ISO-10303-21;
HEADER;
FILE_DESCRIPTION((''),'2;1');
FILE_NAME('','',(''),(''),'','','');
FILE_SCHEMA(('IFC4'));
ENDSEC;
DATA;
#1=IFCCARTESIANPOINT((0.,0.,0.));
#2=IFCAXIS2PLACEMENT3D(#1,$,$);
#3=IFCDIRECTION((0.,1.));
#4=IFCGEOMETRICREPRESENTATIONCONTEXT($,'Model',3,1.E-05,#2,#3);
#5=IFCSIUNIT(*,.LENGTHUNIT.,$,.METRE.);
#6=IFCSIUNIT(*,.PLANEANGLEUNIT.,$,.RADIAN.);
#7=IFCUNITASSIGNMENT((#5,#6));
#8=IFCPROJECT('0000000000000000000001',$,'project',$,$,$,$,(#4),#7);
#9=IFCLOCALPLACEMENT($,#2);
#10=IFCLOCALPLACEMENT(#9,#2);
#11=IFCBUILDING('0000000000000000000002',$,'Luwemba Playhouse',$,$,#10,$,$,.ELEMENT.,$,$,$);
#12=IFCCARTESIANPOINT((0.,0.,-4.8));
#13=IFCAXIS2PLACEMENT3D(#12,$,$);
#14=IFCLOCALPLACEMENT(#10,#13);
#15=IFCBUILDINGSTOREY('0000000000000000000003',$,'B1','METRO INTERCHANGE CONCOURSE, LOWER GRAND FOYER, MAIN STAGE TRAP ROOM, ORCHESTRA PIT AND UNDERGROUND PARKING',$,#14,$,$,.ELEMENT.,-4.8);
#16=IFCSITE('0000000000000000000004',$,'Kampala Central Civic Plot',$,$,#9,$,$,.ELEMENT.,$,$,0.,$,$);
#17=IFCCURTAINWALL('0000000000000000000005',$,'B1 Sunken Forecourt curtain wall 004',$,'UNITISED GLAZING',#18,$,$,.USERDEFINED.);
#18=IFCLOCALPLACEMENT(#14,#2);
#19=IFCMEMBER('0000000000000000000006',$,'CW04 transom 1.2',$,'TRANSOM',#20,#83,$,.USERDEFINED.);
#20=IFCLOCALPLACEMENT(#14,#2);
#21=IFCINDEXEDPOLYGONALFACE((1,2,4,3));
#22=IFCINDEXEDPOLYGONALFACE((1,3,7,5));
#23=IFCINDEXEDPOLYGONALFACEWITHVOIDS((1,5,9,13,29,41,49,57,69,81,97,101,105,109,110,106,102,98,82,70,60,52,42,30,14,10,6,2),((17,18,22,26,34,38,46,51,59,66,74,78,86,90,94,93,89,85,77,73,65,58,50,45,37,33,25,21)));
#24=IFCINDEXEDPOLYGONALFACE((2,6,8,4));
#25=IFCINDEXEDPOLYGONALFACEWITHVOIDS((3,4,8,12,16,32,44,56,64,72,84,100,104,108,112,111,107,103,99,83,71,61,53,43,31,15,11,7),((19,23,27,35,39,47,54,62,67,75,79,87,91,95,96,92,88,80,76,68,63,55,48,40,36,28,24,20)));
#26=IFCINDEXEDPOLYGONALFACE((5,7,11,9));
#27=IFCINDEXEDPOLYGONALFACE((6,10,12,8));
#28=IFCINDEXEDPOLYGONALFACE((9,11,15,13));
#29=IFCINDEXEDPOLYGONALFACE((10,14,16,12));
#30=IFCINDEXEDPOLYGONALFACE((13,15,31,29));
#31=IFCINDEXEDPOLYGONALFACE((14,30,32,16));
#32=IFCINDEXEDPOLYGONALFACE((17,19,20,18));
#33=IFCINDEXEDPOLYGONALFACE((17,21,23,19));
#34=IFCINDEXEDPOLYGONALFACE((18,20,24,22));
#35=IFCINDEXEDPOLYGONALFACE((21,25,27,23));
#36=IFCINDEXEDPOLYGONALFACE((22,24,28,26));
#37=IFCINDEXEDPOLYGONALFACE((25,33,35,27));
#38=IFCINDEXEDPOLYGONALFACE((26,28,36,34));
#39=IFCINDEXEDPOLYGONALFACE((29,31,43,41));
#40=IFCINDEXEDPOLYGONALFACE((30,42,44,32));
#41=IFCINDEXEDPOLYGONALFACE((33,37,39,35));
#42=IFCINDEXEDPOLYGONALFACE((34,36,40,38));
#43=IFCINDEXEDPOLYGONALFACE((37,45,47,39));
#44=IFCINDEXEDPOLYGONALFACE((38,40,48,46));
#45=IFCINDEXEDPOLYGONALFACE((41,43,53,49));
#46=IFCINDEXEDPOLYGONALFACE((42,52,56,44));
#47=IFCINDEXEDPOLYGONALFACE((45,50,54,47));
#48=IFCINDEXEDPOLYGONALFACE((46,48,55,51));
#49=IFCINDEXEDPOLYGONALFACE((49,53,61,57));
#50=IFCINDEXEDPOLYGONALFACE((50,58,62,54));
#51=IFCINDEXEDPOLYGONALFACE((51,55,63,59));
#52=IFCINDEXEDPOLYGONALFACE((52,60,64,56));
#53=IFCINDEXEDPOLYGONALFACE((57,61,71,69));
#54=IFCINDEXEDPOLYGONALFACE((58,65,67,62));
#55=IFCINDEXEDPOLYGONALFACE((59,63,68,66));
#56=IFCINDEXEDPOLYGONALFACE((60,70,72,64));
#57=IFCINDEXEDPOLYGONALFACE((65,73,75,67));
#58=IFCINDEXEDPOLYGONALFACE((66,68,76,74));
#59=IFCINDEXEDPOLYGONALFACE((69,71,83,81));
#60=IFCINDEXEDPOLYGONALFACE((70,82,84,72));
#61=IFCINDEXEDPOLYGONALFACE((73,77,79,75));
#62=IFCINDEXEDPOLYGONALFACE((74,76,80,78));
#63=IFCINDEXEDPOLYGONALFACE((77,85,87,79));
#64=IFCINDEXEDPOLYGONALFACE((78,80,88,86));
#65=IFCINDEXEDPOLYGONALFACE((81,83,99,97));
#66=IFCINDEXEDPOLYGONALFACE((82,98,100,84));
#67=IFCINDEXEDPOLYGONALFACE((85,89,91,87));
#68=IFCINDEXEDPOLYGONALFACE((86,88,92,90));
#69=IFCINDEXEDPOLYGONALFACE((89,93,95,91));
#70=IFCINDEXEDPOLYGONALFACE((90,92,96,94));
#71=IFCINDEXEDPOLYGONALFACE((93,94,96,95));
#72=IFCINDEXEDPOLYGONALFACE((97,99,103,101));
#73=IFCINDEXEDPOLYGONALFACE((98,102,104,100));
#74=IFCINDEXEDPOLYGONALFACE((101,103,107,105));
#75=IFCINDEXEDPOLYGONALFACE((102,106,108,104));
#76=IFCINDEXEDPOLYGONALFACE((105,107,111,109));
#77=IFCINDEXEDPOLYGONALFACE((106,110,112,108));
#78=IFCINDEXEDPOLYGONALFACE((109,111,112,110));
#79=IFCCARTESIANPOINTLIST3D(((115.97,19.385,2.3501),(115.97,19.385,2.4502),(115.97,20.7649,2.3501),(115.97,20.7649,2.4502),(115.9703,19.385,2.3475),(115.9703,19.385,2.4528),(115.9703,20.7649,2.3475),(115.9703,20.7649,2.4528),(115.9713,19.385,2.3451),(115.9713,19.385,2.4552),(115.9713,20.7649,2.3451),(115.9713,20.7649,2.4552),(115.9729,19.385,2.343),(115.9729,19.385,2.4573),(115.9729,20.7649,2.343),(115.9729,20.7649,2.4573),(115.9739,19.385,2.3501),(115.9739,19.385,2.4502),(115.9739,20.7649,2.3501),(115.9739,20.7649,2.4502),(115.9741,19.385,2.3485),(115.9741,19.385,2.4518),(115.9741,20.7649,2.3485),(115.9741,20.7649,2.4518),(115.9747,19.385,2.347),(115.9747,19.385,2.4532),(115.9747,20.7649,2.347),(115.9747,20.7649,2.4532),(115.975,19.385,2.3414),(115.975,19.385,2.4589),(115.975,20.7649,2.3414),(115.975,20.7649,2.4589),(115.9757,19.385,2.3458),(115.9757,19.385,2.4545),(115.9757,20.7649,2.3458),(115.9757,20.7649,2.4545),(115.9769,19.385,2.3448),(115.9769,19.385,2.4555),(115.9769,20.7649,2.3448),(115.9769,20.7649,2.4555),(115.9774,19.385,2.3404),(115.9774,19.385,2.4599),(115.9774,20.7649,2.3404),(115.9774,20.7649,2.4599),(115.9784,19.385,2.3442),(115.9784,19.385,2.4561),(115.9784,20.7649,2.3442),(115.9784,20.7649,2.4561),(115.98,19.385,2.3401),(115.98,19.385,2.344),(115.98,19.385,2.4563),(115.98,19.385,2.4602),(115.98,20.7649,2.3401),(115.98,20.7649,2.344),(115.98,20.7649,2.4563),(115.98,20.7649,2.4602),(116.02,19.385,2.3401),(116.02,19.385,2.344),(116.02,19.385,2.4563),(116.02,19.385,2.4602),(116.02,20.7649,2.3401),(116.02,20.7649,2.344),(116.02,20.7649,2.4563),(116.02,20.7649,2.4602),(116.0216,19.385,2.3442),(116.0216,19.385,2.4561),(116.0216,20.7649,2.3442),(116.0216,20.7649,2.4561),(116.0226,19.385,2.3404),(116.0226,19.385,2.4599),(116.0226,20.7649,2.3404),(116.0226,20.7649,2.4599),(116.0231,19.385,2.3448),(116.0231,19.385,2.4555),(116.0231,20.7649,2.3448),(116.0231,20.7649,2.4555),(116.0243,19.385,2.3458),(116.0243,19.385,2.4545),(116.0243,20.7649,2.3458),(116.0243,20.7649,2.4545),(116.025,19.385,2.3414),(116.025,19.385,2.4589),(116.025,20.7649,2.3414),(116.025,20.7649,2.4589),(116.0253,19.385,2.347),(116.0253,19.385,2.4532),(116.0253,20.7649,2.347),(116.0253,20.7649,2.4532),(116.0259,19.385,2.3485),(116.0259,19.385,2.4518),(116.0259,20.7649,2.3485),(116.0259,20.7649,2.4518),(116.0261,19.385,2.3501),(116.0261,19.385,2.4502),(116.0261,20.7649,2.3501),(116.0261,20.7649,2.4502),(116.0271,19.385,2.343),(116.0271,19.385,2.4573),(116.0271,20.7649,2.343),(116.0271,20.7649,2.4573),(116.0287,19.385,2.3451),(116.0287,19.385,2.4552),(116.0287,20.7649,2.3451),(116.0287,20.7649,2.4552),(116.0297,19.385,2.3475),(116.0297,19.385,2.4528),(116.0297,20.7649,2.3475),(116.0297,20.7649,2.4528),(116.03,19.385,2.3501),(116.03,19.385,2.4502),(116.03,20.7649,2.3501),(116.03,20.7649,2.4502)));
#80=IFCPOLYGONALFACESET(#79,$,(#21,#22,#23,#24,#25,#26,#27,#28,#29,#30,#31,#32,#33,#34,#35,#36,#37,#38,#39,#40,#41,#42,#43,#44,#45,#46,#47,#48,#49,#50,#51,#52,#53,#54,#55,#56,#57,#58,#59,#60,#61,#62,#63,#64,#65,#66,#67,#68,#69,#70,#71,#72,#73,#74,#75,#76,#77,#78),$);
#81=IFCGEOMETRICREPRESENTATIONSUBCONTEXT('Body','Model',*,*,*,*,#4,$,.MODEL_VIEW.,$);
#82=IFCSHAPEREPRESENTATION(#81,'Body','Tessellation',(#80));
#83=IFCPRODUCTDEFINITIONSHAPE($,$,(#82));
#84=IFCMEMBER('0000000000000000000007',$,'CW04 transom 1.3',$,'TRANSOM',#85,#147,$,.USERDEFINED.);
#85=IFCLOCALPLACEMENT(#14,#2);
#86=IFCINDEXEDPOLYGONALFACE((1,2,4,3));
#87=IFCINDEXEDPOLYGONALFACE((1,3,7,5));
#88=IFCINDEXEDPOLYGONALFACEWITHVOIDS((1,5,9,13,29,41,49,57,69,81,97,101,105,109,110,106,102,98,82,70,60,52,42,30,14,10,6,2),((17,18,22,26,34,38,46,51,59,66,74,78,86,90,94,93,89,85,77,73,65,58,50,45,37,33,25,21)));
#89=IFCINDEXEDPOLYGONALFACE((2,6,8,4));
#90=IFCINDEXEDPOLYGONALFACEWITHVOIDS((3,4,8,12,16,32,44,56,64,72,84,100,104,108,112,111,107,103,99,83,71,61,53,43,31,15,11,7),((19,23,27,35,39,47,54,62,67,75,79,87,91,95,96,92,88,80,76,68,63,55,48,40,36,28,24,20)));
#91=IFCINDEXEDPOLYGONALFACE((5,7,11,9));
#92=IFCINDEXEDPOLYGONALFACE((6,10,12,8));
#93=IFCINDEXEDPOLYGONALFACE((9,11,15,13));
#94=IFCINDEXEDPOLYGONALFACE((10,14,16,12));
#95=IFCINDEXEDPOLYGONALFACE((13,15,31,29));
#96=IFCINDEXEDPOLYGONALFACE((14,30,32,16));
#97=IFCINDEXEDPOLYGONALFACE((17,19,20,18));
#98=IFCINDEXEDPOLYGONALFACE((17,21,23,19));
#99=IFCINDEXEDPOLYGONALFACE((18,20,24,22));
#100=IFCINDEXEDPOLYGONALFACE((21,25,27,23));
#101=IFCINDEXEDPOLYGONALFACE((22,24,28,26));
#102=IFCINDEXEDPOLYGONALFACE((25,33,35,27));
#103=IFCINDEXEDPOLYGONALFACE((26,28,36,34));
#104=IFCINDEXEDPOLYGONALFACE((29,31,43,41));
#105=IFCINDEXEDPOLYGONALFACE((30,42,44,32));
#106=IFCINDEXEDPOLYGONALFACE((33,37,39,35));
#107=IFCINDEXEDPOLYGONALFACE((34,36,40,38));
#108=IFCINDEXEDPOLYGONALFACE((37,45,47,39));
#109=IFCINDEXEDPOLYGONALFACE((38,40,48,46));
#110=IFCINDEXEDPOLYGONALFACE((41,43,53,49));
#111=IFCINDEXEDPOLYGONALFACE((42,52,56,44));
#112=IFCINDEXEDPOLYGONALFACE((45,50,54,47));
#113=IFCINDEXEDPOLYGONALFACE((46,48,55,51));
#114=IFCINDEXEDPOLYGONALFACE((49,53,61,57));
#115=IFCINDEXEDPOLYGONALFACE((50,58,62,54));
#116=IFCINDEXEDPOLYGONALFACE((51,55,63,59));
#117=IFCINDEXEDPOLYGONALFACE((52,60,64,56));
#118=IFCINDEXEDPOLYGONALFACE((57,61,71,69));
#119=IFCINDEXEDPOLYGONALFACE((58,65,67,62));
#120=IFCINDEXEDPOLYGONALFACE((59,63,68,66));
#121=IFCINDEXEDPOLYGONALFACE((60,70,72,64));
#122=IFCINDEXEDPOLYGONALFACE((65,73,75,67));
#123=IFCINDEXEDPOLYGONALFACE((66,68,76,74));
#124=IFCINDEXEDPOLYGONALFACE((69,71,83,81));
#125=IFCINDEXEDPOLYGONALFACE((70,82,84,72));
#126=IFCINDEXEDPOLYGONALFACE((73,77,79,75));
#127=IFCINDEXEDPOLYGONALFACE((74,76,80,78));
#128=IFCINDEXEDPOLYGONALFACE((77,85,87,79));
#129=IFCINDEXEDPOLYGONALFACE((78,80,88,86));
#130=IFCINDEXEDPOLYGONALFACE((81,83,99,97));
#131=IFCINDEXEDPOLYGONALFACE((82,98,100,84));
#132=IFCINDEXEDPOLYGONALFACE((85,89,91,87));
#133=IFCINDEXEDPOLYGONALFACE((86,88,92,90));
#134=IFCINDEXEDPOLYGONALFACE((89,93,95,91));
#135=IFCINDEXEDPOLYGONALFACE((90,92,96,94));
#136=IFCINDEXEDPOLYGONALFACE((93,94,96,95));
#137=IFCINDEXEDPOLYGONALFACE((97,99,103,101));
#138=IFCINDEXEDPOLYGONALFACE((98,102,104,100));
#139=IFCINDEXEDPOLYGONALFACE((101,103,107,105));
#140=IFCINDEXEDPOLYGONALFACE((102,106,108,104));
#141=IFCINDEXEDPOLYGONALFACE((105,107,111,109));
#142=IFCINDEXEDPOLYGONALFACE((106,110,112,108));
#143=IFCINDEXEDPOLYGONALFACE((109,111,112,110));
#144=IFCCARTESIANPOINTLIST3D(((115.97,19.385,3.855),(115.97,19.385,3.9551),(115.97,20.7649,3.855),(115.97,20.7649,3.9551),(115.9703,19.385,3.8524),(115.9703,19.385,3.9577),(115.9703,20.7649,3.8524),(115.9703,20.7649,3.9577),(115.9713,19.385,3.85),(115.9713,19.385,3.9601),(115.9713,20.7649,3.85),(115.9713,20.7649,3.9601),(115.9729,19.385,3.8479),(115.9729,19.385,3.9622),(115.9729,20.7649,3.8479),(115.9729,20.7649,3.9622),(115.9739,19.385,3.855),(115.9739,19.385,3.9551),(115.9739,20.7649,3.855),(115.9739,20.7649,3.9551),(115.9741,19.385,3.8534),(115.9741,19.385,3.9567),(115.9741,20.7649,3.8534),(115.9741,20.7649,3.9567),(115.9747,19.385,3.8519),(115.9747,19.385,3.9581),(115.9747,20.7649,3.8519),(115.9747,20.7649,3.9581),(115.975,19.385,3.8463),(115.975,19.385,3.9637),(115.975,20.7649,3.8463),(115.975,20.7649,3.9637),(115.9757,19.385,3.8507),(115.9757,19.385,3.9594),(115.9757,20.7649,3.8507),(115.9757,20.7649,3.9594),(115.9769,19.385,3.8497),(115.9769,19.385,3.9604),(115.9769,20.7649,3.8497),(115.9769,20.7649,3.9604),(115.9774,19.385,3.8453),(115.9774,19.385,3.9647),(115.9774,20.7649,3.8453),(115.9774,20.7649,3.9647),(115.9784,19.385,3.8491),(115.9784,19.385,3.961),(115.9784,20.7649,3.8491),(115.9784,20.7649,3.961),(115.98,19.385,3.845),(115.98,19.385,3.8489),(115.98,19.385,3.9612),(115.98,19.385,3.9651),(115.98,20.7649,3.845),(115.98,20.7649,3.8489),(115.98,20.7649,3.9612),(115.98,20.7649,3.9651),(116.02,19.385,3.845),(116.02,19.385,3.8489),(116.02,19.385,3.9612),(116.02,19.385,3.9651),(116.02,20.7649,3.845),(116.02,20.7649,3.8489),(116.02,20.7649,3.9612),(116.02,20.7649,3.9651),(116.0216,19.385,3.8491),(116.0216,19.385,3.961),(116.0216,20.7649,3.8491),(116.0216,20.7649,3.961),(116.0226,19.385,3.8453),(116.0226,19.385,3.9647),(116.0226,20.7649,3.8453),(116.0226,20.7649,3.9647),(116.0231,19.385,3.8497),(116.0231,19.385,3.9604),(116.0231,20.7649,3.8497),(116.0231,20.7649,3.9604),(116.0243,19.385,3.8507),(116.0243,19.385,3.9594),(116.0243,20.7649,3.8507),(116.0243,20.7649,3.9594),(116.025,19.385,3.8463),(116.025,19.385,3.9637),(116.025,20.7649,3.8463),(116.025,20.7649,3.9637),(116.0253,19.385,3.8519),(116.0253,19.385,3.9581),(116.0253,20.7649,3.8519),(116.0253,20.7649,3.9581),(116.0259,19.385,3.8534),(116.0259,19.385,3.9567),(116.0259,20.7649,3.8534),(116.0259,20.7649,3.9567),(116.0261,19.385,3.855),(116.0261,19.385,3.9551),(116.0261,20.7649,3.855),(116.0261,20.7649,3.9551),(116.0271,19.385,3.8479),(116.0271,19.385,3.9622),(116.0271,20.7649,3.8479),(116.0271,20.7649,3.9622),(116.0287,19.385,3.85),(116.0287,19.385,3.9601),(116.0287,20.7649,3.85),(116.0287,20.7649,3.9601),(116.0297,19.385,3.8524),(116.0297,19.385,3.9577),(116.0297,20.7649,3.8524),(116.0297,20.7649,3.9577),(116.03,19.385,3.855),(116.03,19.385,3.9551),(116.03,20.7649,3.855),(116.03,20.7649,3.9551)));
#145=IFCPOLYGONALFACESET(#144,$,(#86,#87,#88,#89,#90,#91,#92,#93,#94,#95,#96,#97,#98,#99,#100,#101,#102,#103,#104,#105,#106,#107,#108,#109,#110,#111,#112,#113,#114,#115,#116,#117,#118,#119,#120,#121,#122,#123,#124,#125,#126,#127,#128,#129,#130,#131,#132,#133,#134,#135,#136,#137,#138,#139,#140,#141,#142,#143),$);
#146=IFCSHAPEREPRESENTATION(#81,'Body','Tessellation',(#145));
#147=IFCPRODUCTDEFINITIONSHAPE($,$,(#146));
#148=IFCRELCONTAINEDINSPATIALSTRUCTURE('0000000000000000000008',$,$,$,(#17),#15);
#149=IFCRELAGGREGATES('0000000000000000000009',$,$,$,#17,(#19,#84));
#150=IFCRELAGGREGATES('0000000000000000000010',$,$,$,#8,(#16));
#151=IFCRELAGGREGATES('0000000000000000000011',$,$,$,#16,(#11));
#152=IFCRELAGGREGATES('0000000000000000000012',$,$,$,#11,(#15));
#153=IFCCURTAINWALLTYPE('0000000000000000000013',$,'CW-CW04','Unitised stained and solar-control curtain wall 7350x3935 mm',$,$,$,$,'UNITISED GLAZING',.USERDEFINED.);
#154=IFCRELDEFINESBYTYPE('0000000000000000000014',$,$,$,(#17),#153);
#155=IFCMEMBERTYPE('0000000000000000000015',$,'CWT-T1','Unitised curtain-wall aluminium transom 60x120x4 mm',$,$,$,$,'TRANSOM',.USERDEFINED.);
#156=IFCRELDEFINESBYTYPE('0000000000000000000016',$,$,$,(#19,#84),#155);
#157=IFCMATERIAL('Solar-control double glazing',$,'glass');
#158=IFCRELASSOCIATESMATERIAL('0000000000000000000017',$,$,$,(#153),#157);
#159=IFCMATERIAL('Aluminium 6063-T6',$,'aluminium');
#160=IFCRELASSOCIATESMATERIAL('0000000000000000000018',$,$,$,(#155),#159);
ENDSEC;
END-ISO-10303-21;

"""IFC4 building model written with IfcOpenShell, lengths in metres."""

from ifc_helpers import new_model, si_unit, direction, frame, origin, origin_2d, place, context, subcontext, project, spatial, hollow_rectangle, extrude, material, material_profile, profile_set, type_object, element, aggregate, save


model = new_model("IFC4")

# Units and contexts
model_context = context("Model", 3, precision=1e-05, world=origin(), true_north=direction((0.0, 1.0)))
body_context = subcontext(model_context, "Body", "Model", "MODEL_VIEW")
ifc_project = project(units=[si_unit("LENGTHUNIT", "METRE"), si_unit("PLANEANGLEUNIT", "RADIAN")], contexts=[model_context])

# Site, building, storey
site_placement = place(None, origin())
site = spatial("IfcSite", under=ifc_project, at=site_placement, Name="Kampala Central Civic Plot", CompositionType="ELEMENT", RefElevation=0.0)
building_placement = place(site_placement, origin())
building = spatial("IfcBuilding", under=site, at=building_placement, Name="Luwemba Playhouse", CompositionType="ELEMENT")
storey_placement = place(building_placement, frame((0.0, 0.0, -4.8)))
storey = spatial("IfcBuildingStorey", under=building, at=storey_placement, Name="B1", Description="METRO INTERCHANGE CONCOURSE, LOWER GRAND FOYER, MAIN STAGE TRAP ROOM, ORCHESTRA PIT AND UNDERGROUND PARKING", CompositionType="ELEMENT", Elevation=-4.8)

# Curtain wall, members
ifc_material_1 = material(Name="Solar-control double glazing", Category="glass")
curtain_wall_type = type_object("IfcCurtainWallType", Name="CW-CW04", Description="Unitised stained and solar-control curtain wall 7350x3935 mm", ElementType="UNITISED GLAZING", PredefinedType="USERDEFINED", material=ifc_material_1)
curtain_wall_placement = place(storey_placement, origin())
curtain_wall = element("IfcCurtainWall", 1, at=curtain_wall_placement, inside=storey, type_object=curtain_wall_type, Name="B1 Sunken Forecourt curtain wall 004", ObjectType="UNITISED GLAZING", PredefinedType="USERDEFINED")
ifc_material_2 = material(Name="Aluminium 6063-T6", Category="aluminium")
ifc_material_profile_1 = material_profile(ifc_material_2, hollow_rectangle(XDim=0.0601, YDim=0.1201, WallThickness=0.0039, InnerFilletRadius=0.0061, OuterFilletRadius=0.01, at=origin_2d()))
ifc_profile_set_1 = profile_set([ifc_material_profile_1], Name="Aluminium 6063-T6")
member_type_1 = type_object("IfcMemberType", Name="CWT-T1", Description="Unitised curtain-wall aluminium transom 60x120x4 mm", ElementType="TRANSOM", PredefinedType="USERDEFINED", material=ifc_profile_set_1)
member_1_placement = place(storey_placement, frame((116.0, 19.385, 2.4001), z_axis=(0.0, 1.0, 0.0), x_axis=(-1.0, 0.0, 0.0)))
member_1 = element("IfcMember", 2, at=member_1_placement, type_object=member_type_1, Name="CW04 transom 1.2", ObjectType="TRANSOM", PredefinedType="USERDEFINED", context=body_context, shape_type="SweptSolid", body=[
    extrude(hollow_rectangle(XDim=0.0601, YDim=0.1201, WallThickness=0.0039, InnerFilletRadius=0.0061, OuterFilletRadius=0.01, at=origin_2d()), origin(), (0.0, 0.0, 1.0), 1.3799),
])
member_2_placement = place(storey_placement, frame((116.0, 19.385, 3.905), z_axis=(0.0, 1.0, 0.0), x_axis=(-1.0, 0.0, 0.0)))
member_2 = element("IfcMember", 3, at=member_2_placement, type_object=member_type_1, Name="CW04 transom 1.3", ObjectType="TRANSOM", PredefinedType="USERDEFINED", context=body_context, shape_type="SweptSolid", body=[
    extrude(hollow_rectangle(XDim=0.0601, YDim=0.1201, WallThickness=0.0039, InnerFilletRadius=0.0061, OuterFilletRadius=0.01, at=origin_2d()), origin(), (0.0, 0.0, 1.0), 1.3799),
])
aggregate(curtain_wall, [member_1, member_2])

save(model, "model.ifc")
